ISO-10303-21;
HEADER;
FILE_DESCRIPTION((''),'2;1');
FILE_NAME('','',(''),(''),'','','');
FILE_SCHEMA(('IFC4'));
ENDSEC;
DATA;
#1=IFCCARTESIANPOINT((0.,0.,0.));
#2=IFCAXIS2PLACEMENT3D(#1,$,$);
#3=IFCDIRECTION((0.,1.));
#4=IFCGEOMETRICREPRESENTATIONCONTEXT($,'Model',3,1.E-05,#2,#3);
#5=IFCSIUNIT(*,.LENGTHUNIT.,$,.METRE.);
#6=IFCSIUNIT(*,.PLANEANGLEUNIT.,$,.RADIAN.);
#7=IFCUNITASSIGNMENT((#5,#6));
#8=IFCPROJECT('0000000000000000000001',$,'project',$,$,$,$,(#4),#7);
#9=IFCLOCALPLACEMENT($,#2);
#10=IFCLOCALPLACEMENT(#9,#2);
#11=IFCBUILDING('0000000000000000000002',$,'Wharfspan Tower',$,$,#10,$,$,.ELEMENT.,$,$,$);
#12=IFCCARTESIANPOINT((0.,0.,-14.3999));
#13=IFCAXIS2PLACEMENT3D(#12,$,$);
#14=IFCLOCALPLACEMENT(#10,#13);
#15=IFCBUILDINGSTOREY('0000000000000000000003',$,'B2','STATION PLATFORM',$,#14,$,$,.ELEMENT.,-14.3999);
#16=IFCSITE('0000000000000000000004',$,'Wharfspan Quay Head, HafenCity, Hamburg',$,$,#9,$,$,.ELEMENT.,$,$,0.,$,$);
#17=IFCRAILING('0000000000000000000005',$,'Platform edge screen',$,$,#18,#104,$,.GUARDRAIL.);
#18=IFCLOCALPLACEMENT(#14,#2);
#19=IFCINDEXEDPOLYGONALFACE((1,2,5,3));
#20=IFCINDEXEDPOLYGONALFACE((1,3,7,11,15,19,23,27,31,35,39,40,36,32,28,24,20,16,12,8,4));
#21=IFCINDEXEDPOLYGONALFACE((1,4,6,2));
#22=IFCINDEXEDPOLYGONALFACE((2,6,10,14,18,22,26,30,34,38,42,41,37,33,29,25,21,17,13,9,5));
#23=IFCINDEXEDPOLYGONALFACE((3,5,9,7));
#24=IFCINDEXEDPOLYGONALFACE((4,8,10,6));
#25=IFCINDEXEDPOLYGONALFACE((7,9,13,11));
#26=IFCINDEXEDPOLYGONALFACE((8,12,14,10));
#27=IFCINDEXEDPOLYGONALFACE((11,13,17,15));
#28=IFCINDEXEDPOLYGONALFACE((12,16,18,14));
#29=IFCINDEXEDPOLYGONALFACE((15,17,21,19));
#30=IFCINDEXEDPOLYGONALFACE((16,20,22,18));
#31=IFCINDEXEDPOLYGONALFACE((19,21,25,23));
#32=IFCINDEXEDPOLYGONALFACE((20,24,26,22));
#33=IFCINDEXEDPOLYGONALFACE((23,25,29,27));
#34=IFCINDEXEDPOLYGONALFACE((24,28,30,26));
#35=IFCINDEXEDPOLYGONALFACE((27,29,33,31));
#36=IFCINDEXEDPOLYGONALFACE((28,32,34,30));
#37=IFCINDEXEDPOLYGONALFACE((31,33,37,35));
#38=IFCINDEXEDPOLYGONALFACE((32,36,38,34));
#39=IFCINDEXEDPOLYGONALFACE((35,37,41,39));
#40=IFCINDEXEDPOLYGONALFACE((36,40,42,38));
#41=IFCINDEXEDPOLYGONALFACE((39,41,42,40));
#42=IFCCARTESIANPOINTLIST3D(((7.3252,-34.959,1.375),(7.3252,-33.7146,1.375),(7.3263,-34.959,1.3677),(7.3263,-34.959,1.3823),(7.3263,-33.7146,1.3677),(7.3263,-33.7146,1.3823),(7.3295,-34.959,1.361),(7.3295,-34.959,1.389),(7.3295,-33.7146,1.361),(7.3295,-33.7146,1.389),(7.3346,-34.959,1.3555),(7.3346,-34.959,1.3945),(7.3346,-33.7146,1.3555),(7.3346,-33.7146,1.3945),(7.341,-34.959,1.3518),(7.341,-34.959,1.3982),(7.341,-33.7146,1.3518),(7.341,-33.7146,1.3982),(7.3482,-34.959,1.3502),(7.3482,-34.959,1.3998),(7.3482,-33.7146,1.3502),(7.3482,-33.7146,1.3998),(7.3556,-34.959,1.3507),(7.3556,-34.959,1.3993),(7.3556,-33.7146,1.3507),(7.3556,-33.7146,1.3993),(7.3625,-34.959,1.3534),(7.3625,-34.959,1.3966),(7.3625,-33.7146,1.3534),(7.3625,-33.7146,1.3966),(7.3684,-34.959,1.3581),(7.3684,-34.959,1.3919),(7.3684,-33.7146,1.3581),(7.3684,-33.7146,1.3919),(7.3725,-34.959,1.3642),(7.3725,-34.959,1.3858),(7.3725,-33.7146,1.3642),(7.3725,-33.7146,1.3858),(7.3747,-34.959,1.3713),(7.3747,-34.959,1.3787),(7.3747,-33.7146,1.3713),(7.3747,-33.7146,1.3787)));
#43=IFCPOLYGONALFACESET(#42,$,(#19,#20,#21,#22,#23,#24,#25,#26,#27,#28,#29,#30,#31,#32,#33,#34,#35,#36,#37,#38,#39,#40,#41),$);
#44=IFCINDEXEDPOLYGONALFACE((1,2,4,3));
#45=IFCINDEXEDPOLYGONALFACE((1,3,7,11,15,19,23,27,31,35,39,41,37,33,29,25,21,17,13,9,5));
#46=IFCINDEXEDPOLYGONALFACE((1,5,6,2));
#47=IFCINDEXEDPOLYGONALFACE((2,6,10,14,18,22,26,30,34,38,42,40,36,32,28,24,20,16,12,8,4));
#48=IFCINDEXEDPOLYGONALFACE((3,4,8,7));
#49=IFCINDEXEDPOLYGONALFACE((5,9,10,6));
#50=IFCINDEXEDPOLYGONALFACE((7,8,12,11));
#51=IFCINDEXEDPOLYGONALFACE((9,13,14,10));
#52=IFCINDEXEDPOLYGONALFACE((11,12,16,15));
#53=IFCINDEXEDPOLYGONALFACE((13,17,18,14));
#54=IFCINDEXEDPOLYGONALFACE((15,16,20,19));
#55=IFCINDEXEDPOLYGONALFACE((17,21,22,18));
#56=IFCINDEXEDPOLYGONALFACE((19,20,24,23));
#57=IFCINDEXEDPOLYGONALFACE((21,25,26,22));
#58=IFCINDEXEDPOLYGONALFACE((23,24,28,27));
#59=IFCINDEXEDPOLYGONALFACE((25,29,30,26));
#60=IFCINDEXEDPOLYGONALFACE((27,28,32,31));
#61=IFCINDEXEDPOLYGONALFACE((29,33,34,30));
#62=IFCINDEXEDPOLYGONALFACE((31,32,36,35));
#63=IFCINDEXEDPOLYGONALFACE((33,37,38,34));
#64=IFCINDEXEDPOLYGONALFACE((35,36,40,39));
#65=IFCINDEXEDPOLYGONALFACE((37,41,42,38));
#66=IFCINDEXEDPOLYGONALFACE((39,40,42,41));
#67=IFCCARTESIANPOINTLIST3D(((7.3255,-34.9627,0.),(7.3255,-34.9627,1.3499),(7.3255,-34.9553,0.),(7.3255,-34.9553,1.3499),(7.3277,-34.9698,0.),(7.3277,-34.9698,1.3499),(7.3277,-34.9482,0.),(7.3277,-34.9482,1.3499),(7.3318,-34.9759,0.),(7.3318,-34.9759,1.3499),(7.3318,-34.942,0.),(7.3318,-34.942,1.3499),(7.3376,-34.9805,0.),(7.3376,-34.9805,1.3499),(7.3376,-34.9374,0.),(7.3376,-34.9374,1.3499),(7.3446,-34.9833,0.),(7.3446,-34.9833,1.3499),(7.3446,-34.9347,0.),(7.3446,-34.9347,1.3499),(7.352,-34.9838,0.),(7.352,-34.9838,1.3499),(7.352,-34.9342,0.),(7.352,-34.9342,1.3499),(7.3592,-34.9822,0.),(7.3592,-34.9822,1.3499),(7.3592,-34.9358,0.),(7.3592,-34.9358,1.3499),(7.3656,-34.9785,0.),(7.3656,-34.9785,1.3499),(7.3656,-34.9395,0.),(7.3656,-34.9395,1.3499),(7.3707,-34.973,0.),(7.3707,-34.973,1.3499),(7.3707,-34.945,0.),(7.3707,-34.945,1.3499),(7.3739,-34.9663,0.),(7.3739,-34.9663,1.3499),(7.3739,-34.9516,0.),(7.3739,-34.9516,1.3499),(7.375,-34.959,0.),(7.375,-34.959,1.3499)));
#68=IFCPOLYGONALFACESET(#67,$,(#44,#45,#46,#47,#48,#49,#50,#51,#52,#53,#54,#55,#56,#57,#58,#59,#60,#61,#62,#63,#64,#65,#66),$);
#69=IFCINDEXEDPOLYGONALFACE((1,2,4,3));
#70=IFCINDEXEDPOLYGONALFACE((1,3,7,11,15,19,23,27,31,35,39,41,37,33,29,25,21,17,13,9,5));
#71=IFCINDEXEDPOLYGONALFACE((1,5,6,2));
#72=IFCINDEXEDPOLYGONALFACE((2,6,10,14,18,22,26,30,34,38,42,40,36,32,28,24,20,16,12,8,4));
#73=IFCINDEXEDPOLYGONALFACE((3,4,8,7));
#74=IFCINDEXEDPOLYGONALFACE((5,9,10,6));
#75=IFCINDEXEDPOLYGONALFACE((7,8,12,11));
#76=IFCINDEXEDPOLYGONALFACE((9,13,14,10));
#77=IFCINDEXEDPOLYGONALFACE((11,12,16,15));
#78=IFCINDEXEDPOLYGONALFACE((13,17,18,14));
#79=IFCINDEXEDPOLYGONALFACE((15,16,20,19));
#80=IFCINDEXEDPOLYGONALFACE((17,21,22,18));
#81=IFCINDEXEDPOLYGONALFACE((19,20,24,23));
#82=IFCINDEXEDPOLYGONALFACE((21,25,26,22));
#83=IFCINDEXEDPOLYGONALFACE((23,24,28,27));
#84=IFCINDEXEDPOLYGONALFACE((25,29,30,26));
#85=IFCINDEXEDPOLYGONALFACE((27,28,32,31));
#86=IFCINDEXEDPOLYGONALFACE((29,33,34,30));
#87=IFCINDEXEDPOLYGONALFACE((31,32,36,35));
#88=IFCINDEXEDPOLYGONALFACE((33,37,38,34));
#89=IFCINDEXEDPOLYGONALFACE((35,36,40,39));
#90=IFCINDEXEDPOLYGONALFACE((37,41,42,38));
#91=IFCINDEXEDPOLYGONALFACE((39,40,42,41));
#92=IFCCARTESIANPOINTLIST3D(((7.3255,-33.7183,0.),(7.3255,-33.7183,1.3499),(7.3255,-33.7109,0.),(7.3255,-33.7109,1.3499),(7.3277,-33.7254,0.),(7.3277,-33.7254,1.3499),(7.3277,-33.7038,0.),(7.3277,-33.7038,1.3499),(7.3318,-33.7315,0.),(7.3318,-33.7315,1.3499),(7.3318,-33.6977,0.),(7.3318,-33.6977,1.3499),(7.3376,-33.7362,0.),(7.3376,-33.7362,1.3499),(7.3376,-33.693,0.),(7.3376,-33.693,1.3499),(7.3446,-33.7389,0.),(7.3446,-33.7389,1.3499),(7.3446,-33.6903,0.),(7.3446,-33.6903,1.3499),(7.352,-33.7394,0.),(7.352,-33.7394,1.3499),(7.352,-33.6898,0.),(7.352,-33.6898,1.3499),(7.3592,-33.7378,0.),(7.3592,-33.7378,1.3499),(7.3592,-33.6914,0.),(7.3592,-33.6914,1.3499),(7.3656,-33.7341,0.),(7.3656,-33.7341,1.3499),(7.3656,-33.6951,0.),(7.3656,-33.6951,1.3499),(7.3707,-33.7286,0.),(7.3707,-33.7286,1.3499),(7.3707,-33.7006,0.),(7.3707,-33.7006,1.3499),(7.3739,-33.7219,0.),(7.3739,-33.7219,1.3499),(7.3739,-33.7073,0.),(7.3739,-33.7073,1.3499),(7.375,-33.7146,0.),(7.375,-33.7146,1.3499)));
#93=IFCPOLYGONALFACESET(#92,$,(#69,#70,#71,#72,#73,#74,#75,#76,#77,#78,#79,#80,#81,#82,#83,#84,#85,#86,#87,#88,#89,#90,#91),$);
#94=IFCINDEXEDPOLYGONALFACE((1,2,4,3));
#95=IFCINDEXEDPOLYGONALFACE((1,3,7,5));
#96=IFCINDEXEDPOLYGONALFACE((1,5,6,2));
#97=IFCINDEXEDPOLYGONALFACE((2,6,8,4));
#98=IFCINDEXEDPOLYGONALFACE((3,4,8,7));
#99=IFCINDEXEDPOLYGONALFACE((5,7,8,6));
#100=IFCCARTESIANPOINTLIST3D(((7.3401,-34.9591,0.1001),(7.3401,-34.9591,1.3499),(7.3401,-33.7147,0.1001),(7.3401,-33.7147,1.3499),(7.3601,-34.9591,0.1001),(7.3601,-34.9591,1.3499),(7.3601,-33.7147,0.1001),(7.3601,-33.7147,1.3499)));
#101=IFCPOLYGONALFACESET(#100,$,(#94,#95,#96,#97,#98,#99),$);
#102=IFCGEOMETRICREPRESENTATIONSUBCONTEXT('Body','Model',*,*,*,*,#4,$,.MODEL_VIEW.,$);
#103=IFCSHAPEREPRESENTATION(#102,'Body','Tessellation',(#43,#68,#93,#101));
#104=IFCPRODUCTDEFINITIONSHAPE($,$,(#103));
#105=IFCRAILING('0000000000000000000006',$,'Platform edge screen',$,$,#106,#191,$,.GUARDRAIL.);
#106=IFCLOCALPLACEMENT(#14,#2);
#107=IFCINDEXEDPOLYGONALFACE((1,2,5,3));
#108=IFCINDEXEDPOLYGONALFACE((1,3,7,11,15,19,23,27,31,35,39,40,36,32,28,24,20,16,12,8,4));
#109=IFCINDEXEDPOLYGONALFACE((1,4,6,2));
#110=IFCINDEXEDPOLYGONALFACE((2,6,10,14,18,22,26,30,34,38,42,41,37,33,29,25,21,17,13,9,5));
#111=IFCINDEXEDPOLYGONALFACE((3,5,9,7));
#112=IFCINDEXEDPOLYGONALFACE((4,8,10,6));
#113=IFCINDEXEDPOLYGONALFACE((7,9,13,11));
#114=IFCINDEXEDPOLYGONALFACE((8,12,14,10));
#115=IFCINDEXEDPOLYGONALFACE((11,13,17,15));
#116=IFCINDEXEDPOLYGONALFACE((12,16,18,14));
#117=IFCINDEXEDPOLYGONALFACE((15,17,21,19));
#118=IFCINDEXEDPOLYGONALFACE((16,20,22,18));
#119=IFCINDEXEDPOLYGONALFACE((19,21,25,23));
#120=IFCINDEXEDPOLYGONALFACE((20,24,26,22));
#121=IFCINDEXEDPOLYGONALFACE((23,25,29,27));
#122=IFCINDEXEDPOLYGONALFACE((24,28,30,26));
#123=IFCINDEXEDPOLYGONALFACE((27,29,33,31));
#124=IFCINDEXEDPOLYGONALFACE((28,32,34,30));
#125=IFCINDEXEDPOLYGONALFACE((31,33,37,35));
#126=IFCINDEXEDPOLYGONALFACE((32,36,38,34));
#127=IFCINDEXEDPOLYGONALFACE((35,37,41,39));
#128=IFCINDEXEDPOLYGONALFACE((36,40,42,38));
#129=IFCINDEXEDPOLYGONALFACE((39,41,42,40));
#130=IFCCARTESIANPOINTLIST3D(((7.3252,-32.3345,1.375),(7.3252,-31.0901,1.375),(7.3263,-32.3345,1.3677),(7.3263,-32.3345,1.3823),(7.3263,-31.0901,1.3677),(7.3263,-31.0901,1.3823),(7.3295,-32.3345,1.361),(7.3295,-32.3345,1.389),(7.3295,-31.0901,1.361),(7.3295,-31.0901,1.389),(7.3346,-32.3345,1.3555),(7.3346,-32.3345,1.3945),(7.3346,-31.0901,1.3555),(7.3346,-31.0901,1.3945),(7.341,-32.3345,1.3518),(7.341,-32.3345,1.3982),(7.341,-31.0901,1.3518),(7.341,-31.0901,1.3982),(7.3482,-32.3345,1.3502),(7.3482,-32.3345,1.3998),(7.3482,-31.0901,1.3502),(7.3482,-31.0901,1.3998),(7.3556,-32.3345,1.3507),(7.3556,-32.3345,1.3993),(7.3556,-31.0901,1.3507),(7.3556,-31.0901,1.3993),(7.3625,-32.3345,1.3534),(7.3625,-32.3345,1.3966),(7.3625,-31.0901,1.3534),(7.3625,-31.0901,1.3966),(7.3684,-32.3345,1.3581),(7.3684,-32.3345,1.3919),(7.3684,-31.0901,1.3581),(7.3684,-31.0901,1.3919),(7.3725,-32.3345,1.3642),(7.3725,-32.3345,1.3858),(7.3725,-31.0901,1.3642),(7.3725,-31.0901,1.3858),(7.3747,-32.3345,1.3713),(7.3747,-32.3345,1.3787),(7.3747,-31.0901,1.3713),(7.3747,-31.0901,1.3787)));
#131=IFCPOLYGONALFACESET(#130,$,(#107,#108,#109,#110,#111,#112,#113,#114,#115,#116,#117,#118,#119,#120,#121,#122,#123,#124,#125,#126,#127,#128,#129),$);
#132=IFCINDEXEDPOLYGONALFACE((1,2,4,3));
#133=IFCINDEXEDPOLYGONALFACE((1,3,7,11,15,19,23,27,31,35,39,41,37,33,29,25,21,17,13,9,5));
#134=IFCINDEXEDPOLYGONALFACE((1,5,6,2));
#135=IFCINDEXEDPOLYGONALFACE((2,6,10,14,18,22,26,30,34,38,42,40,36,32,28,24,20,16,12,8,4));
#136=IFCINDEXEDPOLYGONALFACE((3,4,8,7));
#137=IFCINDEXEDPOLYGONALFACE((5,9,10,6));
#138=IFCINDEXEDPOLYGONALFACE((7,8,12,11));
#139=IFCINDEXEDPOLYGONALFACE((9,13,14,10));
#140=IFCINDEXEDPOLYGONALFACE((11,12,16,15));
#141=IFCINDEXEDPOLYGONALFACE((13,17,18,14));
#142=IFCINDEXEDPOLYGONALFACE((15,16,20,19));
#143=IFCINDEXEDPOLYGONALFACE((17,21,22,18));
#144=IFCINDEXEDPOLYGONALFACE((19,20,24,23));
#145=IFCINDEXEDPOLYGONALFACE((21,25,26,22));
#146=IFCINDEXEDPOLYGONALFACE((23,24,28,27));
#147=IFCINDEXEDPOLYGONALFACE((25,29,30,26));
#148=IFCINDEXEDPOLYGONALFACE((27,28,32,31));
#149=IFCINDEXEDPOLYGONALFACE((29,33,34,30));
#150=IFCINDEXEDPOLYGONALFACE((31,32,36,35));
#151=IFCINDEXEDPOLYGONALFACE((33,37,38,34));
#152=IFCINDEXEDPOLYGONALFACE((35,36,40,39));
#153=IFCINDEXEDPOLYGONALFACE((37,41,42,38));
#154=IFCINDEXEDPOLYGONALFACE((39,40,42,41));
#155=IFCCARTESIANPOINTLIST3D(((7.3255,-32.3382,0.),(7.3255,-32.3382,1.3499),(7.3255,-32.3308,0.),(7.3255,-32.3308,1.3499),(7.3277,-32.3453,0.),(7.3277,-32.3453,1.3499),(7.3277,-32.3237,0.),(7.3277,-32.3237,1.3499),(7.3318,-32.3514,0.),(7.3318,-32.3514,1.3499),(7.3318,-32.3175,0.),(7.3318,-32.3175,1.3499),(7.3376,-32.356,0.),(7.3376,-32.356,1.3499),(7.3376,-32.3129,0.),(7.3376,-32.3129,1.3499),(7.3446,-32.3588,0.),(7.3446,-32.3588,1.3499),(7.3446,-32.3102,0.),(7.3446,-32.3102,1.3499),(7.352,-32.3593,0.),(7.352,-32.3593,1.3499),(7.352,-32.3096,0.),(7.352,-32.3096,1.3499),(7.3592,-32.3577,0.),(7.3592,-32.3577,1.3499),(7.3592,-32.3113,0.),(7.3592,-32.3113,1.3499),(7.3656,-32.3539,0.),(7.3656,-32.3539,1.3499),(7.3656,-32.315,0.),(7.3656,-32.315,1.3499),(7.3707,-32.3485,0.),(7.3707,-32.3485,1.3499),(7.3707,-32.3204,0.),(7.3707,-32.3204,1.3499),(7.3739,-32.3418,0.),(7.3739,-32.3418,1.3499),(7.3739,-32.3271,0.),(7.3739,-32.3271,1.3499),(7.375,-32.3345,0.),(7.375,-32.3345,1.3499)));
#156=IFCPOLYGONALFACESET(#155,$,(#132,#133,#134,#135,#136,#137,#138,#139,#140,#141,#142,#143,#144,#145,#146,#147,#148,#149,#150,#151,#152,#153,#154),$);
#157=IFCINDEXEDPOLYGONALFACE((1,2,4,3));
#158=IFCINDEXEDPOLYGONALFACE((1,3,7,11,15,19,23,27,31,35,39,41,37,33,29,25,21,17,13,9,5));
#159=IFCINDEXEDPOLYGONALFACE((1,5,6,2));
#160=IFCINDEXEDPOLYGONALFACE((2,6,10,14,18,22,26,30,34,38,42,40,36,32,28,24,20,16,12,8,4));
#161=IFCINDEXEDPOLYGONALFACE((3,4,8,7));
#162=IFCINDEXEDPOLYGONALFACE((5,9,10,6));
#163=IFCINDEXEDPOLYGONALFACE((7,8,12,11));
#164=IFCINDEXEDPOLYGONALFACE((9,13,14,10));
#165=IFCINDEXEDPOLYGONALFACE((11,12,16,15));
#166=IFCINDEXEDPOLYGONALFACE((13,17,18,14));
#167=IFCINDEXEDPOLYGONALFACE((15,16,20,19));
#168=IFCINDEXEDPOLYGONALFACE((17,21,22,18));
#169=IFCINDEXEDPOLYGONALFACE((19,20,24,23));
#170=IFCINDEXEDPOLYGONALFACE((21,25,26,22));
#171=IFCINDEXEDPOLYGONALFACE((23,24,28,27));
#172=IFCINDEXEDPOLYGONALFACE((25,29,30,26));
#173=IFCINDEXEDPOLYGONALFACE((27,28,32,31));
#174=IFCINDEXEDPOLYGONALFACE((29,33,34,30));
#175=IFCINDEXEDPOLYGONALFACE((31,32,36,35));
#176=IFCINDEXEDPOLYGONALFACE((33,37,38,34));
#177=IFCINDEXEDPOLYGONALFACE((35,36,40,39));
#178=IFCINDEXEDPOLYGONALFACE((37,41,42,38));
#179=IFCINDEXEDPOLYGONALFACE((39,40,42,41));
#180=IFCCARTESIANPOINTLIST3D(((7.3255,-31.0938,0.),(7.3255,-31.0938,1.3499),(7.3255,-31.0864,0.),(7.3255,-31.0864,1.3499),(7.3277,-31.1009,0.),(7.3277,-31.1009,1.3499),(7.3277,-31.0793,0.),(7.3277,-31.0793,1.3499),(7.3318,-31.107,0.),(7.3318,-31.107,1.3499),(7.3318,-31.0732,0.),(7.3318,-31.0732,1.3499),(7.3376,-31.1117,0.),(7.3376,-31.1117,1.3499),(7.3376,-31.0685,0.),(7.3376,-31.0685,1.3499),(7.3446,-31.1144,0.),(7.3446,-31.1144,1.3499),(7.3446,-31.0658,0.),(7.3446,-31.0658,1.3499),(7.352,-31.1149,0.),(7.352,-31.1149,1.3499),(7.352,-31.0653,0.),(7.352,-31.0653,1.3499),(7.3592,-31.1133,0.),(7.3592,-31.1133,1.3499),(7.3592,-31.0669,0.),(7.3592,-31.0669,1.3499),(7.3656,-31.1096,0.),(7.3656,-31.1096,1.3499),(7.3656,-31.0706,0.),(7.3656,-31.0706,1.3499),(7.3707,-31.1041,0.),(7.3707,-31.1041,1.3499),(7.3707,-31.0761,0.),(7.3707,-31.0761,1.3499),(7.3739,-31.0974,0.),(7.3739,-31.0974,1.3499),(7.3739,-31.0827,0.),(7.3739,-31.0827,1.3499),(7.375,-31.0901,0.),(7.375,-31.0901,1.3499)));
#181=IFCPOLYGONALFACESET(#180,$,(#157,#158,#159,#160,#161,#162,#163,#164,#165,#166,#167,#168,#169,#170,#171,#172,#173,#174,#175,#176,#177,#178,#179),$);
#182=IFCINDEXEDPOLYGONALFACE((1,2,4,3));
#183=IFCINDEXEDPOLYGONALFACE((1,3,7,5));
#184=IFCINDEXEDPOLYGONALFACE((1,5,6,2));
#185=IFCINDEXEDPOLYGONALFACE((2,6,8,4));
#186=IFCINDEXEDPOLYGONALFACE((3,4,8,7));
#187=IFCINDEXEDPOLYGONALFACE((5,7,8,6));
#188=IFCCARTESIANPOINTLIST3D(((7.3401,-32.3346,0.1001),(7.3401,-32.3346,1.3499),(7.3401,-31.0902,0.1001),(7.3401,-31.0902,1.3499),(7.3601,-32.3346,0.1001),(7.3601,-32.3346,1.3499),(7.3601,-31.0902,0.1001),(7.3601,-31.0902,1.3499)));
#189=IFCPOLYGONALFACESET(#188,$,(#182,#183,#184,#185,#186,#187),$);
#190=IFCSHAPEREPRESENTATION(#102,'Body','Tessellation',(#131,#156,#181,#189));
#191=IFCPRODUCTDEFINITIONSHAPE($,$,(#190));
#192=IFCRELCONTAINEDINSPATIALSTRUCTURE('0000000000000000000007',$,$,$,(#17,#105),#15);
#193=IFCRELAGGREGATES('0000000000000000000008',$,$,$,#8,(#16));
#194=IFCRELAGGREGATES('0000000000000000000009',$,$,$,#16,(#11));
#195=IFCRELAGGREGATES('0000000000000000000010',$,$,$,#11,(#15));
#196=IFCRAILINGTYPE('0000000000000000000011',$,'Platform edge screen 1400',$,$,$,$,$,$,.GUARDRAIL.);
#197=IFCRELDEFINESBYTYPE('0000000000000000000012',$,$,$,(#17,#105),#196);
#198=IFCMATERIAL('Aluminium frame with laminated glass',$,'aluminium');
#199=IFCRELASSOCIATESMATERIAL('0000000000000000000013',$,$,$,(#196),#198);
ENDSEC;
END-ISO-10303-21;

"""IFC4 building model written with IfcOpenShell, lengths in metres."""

from ifc_helpers import new_model, si_unit, direction, frame, origin, origin_2d, place, context, subcontext, project, spatial, rectangle, circle, extrude, material, type_object, element, save


model = new_model("IFC4")

# Units and contexts
model_context = context("Model", 3, precision=1e-05, world=origin(), true_north=direction((0.0, 1.0)))
body_context = subcontext(model_context, "Body", "Model", "MODEL_VIEW")
ifc_project = project(units=[si_unit("LENGTHUNIT", "METRE"), si_unit("PLANEANGLEUNIT", "RADIAN")], contexts=[model_context])

# Site, building, storey
site_placement = place(None, origin())
site = spatial("IfcSite", under=ifc_project, at=site_placement, Name="Wharfspan Quay Head, HafenCity, Hamburg", CompositionType="ELEMENT", RefElevation=0.0)
building_placement = place(site_placement, origin())
building = spatial("IfcBuilding", under=site, at=building_placement, Name="Wharfspan Tower", CompositionType="ELEMENT")
storey_placement = place(building_placement, frame((0.0, 0.0, -14.3999)))
storey = spatial("IfcBuildingStorey", under=building, at=storey_placement, Name="B2", Description="STATION PLATFORM", CompositionType="ELEMENT", Elevation=-14.3999)

# Railings
ifc_material_1 = material(Name="Aluminium frame with laminated glass", Category="aluminium")
railing_type_1 = type_object("IfcRailingType", Name="Platform edge screen 1400", PredefinedType="GUARDRAIL", material=ifc_material_1)
for number, where, name in (
    (1, (7.3501, -34.959, 0.0), "Platform edge screen"),
    (2, (7.3501, -32.3345, 0.0), "Platform edge screen"),
):
    element("IfcRailing", number, at=place(storey_placement, frame(where)), inside=storey, type_object=railing_type_1, Name=name, PredefinedType="GUARDRAIL", context=body_context, shape_type="SweptSolid", body=[
        extrude(circle(Radius=0.0249, at=origin_2d()), frame((0.0, 0.0, 1.375), z_axis=(0.0, 1.0, 0.0), x_axis=(-1.0, 0.0, 0.0)), (0.0, 0.0, 1.0), 1.2444),
        extrude(circle(Radius=0.0249, at=origin_2d()), origin(), (0.0, 0.0, 1.0), 1.3499),
        extrude(circle(Radius=0.0249, at=origin_2d()), frame((0.0, 1.2444, 0.0)), (0.0, 0.0, 1.0), 1.3499),
        extrude(rectangle(XDim=1.2444, YDim=0.02, at=origin_2d()), frame((0.0, 0.6221, 0.1001), z_axis=(0.0, 0.0, 1.0), x_axis=(0.0, 1.0, 0.0)), (0.0, 0.0, 1.0), 1.2498),
    ])

save(model, "model.ifc")
